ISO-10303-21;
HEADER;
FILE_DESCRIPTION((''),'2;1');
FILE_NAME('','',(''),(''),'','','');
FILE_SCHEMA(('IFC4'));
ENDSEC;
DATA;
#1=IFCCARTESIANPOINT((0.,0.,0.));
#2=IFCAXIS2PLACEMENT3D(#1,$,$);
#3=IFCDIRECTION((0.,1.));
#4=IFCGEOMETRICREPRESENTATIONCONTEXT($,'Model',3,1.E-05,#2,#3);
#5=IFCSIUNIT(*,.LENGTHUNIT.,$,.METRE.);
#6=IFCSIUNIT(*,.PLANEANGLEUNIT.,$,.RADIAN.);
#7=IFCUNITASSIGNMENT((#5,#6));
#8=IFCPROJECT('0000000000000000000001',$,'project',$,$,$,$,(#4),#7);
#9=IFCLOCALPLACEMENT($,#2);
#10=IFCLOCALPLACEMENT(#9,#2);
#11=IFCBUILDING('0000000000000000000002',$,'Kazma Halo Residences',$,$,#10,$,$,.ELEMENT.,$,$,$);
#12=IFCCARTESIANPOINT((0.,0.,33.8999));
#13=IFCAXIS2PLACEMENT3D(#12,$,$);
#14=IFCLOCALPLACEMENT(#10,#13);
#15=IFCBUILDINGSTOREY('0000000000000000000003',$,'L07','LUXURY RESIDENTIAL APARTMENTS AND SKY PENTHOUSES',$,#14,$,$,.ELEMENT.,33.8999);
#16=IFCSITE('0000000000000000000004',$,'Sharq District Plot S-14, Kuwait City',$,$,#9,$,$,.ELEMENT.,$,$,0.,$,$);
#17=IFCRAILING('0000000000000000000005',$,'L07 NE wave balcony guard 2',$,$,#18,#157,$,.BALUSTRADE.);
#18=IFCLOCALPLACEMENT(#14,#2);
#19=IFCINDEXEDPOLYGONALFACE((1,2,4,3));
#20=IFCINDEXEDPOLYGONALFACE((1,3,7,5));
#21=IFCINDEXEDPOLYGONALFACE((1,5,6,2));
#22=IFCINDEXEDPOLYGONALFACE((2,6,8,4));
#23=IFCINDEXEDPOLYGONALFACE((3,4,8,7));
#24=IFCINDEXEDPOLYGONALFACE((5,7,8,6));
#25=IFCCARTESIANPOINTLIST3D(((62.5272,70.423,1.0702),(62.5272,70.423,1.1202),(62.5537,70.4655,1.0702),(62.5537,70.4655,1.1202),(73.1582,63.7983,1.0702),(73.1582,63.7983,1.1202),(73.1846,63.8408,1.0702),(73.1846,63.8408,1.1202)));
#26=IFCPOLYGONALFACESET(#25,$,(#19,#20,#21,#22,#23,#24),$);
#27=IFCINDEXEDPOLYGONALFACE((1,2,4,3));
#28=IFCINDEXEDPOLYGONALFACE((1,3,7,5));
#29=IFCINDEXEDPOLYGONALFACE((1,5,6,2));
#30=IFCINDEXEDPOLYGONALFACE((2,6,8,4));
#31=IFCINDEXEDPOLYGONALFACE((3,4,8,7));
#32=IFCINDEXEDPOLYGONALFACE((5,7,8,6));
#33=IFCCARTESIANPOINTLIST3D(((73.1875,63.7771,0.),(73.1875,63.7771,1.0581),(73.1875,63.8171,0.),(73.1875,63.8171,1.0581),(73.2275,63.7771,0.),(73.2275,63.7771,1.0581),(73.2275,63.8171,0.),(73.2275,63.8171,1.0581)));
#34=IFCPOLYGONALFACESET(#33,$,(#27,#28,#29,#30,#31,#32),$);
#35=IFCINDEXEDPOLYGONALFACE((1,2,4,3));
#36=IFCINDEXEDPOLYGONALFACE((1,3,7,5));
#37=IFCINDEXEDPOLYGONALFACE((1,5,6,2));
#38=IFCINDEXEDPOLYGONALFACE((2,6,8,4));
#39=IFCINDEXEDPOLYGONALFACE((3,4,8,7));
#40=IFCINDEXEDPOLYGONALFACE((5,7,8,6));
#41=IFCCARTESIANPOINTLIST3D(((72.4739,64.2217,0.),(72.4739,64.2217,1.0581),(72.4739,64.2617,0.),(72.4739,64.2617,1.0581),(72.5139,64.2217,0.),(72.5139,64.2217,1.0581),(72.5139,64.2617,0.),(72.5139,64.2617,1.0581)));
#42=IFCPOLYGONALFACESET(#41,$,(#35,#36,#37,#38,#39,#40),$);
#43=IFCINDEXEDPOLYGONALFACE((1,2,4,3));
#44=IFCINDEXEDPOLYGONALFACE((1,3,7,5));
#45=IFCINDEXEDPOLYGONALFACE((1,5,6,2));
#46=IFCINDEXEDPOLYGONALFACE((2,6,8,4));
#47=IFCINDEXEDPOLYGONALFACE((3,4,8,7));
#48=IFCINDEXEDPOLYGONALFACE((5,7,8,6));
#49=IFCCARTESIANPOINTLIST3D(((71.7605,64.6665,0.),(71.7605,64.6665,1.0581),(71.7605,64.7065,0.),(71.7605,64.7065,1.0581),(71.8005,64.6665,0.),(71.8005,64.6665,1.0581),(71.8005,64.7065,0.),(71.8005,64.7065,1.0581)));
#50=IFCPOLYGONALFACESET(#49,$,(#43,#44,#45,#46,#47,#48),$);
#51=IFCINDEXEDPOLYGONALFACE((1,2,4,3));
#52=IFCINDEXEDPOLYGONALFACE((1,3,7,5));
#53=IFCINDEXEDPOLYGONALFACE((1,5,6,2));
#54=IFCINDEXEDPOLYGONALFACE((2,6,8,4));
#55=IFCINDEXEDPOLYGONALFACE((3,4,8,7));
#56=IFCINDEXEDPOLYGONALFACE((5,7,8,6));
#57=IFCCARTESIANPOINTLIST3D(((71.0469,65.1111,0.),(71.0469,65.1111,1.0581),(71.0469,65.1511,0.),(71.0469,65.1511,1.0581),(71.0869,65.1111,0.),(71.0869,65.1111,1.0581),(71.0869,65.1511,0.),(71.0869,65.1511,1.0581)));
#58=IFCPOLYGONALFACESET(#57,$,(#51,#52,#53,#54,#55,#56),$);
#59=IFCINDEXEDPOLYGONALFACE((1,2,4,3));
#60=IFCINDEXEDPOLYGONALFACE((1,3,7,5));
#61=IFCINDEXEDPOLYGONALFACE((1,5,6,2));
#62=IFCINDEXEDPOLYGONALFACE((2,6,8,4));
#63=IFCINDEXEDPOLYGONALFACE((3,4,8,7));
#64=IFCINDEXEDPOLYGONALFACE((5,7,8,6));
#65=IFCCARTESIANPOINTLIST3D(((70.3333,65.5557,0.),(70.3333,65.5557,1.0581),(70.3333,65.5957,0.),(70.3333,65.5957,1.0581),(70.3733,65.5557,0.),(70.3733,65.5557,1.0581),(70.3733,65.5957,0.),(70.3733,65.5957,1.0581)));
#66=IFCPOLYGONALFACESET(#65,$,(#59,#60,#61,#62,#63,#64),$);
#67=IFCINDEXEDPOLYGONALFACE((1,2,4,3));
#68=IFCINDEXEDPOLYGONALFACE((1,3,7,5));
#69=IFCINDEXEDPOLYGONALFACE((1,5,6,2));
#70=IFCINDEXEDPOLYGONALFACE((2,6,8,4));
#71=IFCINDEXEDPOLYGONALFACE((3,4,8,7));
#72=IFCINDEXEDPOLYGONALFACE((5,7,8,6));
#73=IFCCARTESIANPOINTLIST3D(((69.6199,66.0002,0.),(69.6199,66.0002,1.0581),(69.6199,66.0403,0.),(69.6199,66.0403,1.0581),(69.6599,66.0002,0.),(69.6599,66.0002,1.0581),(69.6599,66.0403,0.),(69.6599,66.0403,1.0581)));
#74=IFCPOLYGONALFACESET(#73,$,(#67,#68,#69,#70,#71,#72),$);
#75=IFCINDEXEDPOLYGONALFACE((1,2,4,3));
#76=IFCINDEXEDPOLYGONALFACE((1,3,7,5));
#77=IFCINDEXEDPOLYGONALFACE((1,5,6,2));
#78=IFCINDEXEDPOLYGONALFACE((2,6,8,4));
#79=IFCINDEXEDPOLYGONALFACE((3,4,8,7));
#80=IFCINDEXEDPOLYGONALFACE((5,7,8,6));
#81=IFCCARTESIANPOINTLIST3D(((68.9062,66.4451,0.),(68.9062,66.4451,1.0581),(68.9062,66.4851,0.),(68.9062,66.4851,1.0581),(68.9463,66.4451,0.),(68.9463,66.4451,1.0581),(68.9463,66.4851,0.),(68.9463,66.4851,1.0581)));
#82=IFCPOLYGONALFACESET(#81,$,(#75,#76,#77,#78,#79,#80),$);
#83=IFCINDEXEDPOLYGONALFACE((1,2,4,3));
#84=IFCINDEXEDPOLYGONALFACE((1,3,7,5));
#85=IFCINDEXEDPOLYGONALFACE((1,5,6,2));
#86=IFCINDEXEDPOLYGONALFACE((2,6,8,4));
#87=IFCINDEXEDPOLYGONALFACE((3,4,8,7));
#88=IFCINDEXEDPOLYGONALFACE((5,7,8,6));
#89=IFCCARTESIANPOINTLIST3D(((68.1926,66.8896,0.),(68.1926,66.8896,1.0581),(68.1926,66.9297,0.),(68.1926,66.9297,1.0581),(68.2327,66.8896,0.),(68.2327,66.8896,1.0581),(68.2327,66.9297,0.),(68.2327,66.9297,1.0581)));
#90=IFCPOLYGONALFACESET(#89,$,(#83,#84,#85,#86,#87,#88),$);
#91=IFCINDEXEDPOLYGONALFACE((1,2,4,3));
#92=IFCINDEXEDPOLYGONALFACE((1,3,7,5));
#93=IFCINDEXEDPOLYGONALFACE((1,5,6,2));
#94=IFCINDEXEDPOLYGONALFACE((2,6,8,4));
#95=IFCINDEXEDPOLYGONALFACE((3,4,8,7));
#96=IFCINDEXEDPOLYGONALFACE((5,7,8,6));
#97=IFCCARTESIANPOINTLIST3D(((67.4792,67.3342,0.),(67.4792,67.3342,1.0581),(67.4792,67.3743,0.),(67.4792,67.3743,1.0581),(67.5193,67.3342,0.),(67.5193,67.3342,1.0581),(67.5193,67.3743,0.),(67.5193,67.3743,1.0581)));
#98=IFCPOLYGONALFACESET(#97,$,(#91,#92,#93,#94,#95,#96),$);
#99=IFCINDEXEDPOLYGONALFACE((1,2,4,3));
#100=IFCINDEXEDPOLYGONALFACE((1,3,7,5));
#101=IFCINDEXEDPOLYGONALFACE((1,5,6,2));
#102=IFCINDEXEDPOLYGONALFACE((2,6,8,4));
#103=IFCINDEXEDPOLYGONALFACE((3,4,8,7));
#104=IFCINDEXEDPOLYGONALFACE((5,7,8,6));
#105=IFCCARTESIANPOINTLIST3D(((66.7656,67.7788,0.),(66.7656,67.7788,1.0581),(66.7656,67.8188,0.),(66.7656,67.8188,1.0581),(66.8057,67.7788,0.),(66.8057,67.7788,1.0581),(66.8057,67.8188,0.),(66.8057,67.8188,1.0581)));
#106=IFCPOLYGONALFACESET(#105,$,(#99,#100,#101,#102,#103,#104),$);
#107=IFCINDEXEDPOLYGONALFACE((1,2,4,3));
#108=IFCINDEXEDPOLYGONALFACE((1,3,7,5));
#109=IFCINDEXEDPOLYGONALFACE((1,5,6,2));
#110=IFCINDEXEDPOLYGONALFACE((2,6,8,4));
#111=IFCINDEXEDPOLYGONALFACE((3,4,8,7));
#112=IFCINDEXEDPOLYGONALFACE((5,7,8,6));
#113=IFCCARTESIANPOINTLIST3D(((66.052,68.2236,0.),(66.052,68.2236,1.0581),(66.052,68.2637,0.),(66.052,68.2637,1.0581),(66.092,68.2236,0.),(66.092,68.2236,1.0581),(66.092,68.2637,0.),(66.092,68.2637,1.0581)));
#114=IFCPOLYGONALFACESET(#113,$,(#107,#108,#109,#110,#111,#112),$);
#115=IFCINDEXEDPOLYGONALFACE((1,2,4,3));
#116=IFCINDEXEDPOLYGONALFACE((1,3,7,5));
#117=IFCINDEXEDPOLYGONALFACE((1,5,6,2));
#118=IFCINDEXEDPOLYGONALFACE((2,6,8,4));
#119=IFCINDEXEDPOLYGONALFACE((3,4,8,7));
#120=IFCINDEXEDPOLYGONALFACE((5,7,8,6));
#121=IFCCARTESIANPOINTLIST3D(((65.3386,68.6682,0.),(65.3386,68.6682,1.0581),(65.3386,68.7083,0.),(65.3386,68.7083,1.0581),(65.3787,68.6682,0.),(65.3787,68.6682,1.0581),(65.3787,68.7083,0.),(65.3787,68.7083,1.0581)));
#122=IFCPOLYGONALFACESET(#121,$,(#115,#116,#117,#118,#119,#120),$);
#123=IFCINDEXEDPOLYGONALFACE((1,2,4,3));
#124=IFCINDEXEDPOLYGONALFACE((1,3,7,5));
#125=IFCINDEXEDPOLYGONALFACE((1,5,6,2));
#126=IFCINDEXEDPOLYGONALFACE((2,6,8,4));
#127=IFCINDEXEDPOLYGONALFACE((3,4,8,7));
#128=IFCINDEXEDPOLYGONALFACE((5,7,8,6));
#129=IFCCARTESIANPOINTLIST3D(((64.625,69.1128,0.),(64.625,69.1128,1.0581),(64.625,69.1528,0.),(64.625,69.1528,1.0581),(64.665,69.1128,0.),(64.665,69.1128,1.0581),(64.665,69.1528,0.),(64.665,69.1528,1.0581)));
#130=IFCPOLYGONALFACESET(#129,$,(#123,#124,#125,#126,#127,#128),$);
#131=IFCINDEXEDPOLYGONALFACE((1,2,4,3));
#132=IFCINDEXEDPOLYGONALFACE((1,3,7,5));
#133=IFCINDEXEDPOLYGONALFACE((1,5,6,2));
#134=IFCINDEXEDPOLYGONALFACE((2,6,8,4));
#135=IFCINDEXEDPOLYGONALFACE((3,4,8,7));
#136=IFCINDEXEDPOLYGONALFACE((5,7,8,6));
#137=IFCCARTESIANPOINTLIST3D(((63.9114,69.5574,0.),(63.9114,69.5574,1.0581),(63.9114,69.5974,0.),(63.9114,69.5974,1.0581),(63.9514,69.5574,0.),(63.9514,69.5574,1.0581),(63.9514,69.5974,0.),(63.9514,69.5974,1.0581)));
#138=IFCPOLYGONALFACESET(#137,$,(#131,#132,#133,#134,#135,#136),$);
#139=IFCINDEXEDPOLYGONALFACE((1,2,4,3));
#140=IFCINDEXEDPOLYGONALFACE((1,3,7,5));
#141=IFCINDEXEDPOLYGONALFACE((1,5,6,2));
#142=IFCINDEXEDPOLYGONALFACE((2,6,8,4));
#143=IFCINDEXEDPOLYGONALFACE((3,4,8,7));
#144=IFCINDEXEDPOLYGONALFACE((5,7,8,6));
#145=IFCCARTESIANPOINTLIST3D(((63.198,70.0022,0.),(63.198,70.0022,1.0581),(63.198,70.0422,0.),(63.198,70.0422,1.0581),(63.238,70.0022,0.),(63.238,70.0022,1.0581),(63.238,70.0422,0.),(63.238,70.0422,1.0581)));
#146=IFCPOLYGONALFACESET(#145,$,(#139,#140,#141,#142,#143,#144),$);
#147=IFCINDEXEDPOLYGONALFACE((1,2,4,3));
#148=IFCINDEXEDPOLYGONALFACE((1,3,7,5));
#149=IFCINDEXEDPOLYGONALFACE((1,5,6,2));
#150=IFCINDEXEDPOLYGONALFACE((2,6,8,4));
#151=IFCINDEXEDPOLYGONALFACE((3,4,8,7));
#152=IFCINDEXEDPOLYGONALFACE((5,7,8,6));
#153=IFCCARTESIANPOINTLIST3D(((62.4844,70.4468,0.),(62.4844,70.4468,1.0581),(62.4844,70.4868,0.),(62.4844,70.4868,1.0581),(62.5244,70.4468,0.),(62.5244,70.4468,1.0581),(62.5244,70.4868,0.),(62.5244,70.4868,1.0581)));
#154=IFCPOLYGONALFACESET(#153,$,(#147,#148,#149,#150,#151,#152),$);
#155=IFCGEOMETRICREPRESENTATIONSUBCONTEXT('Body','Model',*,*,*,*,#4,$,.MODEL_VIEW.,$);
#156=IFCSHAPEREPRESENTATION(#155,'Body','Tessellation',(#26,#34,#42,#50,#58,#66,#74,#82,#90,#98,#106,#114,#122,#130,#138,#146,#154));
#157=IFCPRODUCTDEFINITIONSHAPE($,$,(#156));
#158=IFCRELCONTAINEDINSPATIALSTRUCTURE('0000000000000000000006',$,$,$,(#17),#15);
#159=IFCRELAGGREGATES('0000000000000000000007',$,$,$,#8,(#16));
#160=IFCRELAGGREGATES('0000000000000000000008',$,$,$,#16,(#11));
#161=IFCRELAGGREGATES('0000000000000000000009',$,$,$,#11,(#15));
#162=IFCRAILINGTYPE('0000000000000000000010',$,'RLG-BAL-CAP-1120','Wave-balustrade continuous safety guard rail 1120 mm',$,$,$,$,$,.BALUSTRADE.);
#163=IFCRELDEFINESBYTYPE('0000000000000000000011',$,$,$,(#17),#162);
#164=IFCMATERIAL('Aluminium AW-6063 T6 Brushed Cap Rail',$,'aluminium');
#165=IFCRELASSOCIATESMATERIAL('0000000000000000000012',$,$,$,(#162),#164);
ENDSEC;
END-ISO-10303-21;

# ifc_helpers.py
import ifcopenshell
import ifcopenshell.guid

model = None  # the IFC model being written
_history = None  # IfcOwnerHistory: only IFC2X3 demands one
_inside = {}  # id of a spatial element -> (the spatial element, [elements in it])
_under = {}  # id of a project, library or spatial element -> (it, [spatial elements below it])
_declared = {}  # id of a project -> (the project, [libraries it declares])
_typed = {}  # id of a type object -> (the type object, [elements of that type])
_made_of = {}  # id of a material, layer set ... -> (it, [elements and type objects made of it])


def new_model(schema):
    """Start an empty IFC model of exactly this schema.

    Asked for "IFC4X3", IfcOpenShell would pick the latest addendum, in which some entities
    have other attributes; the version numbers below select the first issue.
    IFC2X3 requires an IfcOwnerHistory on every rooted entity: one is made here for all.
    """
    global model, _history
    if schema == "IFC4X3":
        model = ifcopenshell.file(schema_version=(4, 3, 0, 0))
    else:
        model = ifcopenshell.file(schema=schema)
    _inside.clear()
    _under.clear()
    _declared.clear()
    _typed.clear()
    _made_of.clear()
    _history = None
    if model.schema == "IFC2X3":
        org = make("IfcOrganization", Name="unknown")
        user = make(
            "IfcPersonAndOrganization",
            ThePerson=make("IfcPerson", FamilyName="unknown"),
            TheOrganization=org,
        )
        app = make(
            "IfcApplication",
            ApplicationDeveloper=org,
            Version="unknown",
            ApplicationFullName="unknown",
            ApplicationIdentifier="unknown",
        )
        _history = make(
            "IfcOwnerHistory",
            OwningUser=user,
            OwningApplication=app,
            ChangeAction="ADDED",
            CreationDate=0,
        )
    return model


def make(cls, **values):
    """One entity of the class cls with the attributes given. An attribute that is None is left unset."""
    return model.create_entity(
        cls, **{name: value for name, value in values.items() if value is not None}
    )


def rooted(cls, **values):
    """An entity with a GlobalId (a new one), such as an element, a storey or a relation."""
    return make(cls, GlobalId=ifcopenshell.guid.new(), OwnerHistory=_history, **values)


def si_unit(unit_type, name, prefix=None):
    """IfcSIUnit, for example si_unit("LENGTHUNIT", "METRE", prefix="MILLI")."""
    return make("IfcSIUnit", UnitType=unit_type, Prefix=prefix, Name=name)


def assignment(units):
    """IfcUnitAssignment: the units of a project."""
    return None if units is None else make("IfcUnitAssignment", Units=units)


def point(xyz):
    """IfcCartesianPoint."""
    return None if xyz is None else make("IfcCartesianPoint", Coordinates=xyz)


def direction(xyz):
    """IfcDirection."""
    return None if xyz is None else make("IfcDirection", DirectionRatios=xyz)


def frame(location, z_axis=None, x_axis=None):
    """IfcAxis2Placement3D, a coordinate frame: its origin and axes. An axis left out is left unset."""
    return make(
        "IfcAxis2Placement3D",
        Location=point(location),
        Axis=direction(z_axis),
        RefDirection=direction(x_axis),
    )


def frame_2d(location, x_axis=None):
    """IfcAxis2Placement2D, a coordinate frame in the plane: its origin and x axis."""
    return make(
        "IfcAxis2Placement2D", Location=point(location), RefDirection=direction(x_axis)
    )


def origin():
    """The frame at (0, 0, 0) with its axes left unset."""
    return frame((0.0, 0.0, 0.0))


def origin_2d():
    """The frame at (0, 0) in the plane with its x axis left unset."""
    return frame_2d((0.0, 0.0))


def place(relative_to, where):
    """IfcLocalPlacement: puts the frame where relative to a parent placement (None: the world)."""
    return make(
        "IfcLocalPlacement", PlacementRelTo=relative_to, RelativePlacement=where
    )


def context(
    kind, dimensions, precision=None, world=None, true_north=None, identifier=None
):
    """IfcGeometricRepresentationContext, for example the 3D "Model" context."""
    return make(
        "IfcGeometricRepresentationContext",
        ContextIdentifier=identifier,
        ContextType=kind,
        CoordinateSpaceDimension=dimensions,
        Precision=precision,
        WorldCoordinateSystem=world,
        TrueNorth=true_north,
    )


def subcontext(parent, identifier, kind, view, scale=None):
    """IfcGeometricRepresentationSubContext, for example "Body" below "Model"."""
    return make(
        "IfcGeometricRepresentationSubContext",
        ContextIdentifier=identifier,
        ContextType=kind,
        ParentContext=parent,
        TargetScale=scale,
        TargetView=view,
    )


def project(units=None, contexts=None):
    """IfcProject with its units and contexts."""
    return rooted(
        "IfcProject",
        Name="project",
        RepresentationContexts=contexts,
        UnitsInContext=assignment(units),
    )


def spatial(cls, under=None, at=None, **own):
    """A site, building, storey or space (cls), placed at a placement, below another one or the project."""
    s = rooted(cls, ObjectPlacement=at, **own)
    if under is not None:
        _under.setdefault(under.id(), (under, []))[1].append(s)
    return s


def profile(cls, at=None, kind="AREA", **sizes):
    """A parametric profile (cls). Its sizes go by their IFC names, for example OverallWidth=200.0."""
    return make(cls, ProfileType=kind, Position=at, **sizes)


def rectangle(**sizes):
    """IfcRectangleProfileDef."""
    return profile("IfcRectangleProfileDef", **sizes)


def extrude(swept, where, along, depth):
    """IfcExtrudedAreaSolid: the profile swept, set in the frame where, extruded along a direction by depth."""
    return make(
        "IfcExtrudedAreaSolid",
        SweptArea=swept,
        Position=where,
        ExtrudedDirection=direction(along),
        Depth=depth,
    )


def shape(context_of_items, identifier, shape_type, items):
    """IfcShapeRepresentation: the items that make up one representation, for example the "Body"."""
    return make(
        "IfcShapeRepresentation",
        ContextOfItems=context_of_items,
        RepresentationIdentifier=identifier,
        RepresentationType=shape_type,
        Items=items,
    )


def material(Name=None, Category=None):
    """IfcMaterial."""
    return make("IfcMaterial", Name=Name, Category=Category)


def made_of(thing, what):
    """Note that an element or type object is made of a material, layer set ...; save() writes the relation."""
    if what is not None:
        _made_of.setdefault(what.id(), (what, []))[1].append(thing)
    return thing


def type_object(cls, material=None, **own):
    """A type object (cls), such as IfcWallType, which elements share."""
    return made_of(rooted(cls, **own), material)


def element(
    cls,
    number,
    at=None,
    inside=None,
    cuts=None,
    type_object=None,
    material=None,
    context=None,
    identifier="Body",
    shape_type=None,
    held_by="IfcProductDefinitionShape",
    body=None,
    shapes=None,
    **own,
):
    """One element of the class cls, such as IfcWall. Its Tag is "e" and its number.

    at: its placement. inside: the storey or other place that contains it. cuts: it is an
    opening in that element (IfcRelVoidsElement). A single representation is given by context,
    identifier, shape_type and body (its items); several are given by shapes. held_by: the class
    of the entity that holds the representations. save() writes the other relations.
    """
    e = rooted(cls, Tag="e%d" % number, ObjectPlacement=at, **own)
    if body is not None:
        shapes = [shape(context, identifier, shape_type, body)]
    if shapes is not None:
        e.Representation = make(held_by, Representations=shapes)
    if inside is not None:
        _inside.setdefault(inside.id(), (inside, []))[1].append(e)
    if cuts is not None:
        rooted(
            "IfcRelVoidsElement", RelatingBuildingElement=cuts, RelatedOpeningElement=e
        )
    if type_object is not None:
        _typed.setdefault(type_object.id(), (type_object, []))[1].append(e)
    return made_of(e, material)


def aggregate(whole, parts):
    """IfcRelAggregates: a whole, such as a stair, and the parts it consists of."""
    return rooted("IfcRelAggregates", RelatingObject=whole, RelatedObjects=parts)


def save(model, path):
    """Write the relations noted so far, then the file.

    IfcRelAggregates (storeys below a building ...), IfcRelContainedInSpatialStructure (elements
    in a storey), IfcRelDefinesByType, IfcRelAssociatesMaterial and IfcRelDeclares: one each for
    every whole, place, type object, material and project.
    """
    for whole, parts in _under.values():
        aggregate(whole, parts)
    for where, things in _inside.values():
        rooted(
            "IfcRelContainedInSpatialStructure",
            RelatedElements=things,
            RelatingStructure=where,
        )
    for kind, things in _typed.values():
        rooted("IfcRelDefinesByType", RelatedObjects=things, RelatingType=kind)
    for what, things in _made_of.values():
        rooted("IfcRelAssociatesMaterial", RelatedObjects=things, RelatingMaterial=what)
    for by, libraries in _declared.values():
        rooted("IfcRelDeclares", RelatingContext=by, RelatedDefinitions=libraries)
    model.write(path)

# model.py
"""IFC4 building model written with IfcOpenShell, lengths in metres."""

from ifc_helpers import new_model, si_unit, direction, frame, origin, origin_2d, place, context, subcontext, project, spatial, rectangle, extrude, material, type_object, element, save


model = new_model("IFC4")

# Units and contexts
model_context = context("Model", 3, precision=1e-05, world=origin(), true_north=direction((0.0, 1.0)))
body_context = subcontext(model_context, "Body", "Model", "MODEL_VIEW")
ifc_project = project(units=[si_unit("LENGTHUNIT", "METRE"), si_unit("PLANEANGLEUNIT", "RADIAN")], contexts=[model_context])

# Site, building, storey
site_placement = place(None, origin())
site = spatial("IfcSite", under=ifc_project, at=site_placement, Name="Sharq District Plot S-14, Kuwait City", CompositionType="ELEMENT", RefElevation=0.0)
building_placement = place(site_placement, origin())
building = spatial("IfcBuilding", under=site, at=building_placement, Name="Kazma Halo Residences", CompositionType="ELEMENT")
storey_placement = place(building_placement, frame((0.0, 0.0, 33.8999)))
storey = spatial("IfcBuildingStorey", under=building, at=storey_placement, Name="L07", Description="LUXURY RESIDENTIAL APARTMENTS AND SKY PENTHOUSES", CompositionType="ELEMENT", Elevation=33.8999)

# Railing
ifc_material_1 = material(Name="Aluminium AW-6063 T6 Brushed Cap Rail", Category="aluminium")
railing_type = type_object("IfcRailingType", Name="RLG-BAL-CAP-1120", Description="Wave-balustrade continuous safety guard rail 1120 mm", PredefinedType="BALUSTRADE", material=ifc_material_1)
railing_1_placement = place(storey_placement, frame((73.2075, 63.7971, 0.0)))
element("IfcRailing", 1, at=railing_1_placement, inside=storey, type_object=railing_type, Name="L07 NE wave balcony guard 2", PredefinedType="BALUSTRADE", context=body_context, shape_type="SweptSolid", body=[
    extrude(rectangle(XDim=0.05, YDim=0.05, at=origin_2d()), frame((-0.0361, 0.0225, 1.0952), z_axis=(-0.848702, 0.528871, 0.0), x_axis=(-0.528871, -0.848702, 0.0)), (0.0, 0.0, 1.0), 12.5261),
    extrude(rectangle(XDim=0.04, YDim=0.04, at=origin_2d()), origin(), (0.0, 0.0, 1.0), 1.0581),
    extrude(rectangle(XDim=0.04, YDim=0.04, at=origin_2d()), frame((-0.7136, 0.4446, 0.0)), (0.0, 0.0, 1.0), 1.0581),
    extrude(rectangle(XDim=0.04, YDim=0.04, at=origin_2d()), frame((-1.427, 0.8894, 0.0)), (0.0, 0.0, 1.0), 1.0581),
    extrude(rectangle(XDim=0.04, YDim=0.04, at=origin_2d()), frame((-2.1406, 1.334, 0.0)), (0.0, 0.0, 1.0), 1.0581),
    extrude(rectangle(XDim=0.04, YDim=0.04, at=origin_2d()), frame((-2.8542, 1.7786, 0.0)), (0.0, 0.0, 1.0), 1.0581),
    extrude(rectangle(XDim=0.04, YDim=0.04, at=origin_2d()), frame((-3.5676, 2.2231, 0.0)), (0.0, 0.0, 1.0), 1.0581),
    extrude(rectangle(XDim=0.04, YDim=0.04, at=origin_2d()), frame((-4.2812, 2.668, 0.0)), (0.0, 0.0, 1.0), 1.0581),
    extrude(rectangle(XDim=0.04, YDim=0.04, at=origin_2d()), frame((-4.9949, 3.1125, 0.0)), (0.0, 0.0, 1.0), 1.0581),
    extrude(rectangle(XDim=0.04, YDim=0.04, at=origin_2d()), frame((-5.7083, 3.5571, 0.0)), (0.0, 0.0, 1.0), 1.0581),
    extrude(rectangle(XDim=0.04, YDim=0.04, at=origin_2d()), frame((-6.4219, 4.0017, 0.0)), (0.0, 0.0, 1.0), 1.0581),
    extrude(rectangle(XDim=0.04, YDim=0.04, at=origin_2d()), frame((-7.1355, 4.4465, 0.0)), (0.0, 0.0, 1.0), 1.0581),
    extrude(rectangle(XDim=0.04, YDim=0.04, at=origin_2d()), frame((-7.8489, 4.8911, 0.0)), (0.0, 0.0, 1.0), 1.0581),
    extrude(rectangle(XDim=0.04, YDim=0.04, at=origin_2d()), frame((-8.5625, 5.3357, 0.0)), (0.0, 0.0, 1.0), 1.0581),
    extrude(rectangle(XDim=0.04, YDim=0.04, at=origin_2d()), frame((-9.2761, 5.7803, 0.0)), (0.0, 0.0, 1.0), 1.0581),
    extrude(rectangle(XDim=0.04, YDim=0.04, at=origin_2d()), frame((-9.9895, 6.2251, 0.0)), (0.0, 0.0, 1.0), 1.0581),
    extrude(rectangle(XDim=0.04, YDim=0.04, at=origin_2d()), frame((-10.7031, 6.6697, 0.0)), (0.0, 0.0, 1.0), 1.0581),
])

save(model, "model.ifc")
